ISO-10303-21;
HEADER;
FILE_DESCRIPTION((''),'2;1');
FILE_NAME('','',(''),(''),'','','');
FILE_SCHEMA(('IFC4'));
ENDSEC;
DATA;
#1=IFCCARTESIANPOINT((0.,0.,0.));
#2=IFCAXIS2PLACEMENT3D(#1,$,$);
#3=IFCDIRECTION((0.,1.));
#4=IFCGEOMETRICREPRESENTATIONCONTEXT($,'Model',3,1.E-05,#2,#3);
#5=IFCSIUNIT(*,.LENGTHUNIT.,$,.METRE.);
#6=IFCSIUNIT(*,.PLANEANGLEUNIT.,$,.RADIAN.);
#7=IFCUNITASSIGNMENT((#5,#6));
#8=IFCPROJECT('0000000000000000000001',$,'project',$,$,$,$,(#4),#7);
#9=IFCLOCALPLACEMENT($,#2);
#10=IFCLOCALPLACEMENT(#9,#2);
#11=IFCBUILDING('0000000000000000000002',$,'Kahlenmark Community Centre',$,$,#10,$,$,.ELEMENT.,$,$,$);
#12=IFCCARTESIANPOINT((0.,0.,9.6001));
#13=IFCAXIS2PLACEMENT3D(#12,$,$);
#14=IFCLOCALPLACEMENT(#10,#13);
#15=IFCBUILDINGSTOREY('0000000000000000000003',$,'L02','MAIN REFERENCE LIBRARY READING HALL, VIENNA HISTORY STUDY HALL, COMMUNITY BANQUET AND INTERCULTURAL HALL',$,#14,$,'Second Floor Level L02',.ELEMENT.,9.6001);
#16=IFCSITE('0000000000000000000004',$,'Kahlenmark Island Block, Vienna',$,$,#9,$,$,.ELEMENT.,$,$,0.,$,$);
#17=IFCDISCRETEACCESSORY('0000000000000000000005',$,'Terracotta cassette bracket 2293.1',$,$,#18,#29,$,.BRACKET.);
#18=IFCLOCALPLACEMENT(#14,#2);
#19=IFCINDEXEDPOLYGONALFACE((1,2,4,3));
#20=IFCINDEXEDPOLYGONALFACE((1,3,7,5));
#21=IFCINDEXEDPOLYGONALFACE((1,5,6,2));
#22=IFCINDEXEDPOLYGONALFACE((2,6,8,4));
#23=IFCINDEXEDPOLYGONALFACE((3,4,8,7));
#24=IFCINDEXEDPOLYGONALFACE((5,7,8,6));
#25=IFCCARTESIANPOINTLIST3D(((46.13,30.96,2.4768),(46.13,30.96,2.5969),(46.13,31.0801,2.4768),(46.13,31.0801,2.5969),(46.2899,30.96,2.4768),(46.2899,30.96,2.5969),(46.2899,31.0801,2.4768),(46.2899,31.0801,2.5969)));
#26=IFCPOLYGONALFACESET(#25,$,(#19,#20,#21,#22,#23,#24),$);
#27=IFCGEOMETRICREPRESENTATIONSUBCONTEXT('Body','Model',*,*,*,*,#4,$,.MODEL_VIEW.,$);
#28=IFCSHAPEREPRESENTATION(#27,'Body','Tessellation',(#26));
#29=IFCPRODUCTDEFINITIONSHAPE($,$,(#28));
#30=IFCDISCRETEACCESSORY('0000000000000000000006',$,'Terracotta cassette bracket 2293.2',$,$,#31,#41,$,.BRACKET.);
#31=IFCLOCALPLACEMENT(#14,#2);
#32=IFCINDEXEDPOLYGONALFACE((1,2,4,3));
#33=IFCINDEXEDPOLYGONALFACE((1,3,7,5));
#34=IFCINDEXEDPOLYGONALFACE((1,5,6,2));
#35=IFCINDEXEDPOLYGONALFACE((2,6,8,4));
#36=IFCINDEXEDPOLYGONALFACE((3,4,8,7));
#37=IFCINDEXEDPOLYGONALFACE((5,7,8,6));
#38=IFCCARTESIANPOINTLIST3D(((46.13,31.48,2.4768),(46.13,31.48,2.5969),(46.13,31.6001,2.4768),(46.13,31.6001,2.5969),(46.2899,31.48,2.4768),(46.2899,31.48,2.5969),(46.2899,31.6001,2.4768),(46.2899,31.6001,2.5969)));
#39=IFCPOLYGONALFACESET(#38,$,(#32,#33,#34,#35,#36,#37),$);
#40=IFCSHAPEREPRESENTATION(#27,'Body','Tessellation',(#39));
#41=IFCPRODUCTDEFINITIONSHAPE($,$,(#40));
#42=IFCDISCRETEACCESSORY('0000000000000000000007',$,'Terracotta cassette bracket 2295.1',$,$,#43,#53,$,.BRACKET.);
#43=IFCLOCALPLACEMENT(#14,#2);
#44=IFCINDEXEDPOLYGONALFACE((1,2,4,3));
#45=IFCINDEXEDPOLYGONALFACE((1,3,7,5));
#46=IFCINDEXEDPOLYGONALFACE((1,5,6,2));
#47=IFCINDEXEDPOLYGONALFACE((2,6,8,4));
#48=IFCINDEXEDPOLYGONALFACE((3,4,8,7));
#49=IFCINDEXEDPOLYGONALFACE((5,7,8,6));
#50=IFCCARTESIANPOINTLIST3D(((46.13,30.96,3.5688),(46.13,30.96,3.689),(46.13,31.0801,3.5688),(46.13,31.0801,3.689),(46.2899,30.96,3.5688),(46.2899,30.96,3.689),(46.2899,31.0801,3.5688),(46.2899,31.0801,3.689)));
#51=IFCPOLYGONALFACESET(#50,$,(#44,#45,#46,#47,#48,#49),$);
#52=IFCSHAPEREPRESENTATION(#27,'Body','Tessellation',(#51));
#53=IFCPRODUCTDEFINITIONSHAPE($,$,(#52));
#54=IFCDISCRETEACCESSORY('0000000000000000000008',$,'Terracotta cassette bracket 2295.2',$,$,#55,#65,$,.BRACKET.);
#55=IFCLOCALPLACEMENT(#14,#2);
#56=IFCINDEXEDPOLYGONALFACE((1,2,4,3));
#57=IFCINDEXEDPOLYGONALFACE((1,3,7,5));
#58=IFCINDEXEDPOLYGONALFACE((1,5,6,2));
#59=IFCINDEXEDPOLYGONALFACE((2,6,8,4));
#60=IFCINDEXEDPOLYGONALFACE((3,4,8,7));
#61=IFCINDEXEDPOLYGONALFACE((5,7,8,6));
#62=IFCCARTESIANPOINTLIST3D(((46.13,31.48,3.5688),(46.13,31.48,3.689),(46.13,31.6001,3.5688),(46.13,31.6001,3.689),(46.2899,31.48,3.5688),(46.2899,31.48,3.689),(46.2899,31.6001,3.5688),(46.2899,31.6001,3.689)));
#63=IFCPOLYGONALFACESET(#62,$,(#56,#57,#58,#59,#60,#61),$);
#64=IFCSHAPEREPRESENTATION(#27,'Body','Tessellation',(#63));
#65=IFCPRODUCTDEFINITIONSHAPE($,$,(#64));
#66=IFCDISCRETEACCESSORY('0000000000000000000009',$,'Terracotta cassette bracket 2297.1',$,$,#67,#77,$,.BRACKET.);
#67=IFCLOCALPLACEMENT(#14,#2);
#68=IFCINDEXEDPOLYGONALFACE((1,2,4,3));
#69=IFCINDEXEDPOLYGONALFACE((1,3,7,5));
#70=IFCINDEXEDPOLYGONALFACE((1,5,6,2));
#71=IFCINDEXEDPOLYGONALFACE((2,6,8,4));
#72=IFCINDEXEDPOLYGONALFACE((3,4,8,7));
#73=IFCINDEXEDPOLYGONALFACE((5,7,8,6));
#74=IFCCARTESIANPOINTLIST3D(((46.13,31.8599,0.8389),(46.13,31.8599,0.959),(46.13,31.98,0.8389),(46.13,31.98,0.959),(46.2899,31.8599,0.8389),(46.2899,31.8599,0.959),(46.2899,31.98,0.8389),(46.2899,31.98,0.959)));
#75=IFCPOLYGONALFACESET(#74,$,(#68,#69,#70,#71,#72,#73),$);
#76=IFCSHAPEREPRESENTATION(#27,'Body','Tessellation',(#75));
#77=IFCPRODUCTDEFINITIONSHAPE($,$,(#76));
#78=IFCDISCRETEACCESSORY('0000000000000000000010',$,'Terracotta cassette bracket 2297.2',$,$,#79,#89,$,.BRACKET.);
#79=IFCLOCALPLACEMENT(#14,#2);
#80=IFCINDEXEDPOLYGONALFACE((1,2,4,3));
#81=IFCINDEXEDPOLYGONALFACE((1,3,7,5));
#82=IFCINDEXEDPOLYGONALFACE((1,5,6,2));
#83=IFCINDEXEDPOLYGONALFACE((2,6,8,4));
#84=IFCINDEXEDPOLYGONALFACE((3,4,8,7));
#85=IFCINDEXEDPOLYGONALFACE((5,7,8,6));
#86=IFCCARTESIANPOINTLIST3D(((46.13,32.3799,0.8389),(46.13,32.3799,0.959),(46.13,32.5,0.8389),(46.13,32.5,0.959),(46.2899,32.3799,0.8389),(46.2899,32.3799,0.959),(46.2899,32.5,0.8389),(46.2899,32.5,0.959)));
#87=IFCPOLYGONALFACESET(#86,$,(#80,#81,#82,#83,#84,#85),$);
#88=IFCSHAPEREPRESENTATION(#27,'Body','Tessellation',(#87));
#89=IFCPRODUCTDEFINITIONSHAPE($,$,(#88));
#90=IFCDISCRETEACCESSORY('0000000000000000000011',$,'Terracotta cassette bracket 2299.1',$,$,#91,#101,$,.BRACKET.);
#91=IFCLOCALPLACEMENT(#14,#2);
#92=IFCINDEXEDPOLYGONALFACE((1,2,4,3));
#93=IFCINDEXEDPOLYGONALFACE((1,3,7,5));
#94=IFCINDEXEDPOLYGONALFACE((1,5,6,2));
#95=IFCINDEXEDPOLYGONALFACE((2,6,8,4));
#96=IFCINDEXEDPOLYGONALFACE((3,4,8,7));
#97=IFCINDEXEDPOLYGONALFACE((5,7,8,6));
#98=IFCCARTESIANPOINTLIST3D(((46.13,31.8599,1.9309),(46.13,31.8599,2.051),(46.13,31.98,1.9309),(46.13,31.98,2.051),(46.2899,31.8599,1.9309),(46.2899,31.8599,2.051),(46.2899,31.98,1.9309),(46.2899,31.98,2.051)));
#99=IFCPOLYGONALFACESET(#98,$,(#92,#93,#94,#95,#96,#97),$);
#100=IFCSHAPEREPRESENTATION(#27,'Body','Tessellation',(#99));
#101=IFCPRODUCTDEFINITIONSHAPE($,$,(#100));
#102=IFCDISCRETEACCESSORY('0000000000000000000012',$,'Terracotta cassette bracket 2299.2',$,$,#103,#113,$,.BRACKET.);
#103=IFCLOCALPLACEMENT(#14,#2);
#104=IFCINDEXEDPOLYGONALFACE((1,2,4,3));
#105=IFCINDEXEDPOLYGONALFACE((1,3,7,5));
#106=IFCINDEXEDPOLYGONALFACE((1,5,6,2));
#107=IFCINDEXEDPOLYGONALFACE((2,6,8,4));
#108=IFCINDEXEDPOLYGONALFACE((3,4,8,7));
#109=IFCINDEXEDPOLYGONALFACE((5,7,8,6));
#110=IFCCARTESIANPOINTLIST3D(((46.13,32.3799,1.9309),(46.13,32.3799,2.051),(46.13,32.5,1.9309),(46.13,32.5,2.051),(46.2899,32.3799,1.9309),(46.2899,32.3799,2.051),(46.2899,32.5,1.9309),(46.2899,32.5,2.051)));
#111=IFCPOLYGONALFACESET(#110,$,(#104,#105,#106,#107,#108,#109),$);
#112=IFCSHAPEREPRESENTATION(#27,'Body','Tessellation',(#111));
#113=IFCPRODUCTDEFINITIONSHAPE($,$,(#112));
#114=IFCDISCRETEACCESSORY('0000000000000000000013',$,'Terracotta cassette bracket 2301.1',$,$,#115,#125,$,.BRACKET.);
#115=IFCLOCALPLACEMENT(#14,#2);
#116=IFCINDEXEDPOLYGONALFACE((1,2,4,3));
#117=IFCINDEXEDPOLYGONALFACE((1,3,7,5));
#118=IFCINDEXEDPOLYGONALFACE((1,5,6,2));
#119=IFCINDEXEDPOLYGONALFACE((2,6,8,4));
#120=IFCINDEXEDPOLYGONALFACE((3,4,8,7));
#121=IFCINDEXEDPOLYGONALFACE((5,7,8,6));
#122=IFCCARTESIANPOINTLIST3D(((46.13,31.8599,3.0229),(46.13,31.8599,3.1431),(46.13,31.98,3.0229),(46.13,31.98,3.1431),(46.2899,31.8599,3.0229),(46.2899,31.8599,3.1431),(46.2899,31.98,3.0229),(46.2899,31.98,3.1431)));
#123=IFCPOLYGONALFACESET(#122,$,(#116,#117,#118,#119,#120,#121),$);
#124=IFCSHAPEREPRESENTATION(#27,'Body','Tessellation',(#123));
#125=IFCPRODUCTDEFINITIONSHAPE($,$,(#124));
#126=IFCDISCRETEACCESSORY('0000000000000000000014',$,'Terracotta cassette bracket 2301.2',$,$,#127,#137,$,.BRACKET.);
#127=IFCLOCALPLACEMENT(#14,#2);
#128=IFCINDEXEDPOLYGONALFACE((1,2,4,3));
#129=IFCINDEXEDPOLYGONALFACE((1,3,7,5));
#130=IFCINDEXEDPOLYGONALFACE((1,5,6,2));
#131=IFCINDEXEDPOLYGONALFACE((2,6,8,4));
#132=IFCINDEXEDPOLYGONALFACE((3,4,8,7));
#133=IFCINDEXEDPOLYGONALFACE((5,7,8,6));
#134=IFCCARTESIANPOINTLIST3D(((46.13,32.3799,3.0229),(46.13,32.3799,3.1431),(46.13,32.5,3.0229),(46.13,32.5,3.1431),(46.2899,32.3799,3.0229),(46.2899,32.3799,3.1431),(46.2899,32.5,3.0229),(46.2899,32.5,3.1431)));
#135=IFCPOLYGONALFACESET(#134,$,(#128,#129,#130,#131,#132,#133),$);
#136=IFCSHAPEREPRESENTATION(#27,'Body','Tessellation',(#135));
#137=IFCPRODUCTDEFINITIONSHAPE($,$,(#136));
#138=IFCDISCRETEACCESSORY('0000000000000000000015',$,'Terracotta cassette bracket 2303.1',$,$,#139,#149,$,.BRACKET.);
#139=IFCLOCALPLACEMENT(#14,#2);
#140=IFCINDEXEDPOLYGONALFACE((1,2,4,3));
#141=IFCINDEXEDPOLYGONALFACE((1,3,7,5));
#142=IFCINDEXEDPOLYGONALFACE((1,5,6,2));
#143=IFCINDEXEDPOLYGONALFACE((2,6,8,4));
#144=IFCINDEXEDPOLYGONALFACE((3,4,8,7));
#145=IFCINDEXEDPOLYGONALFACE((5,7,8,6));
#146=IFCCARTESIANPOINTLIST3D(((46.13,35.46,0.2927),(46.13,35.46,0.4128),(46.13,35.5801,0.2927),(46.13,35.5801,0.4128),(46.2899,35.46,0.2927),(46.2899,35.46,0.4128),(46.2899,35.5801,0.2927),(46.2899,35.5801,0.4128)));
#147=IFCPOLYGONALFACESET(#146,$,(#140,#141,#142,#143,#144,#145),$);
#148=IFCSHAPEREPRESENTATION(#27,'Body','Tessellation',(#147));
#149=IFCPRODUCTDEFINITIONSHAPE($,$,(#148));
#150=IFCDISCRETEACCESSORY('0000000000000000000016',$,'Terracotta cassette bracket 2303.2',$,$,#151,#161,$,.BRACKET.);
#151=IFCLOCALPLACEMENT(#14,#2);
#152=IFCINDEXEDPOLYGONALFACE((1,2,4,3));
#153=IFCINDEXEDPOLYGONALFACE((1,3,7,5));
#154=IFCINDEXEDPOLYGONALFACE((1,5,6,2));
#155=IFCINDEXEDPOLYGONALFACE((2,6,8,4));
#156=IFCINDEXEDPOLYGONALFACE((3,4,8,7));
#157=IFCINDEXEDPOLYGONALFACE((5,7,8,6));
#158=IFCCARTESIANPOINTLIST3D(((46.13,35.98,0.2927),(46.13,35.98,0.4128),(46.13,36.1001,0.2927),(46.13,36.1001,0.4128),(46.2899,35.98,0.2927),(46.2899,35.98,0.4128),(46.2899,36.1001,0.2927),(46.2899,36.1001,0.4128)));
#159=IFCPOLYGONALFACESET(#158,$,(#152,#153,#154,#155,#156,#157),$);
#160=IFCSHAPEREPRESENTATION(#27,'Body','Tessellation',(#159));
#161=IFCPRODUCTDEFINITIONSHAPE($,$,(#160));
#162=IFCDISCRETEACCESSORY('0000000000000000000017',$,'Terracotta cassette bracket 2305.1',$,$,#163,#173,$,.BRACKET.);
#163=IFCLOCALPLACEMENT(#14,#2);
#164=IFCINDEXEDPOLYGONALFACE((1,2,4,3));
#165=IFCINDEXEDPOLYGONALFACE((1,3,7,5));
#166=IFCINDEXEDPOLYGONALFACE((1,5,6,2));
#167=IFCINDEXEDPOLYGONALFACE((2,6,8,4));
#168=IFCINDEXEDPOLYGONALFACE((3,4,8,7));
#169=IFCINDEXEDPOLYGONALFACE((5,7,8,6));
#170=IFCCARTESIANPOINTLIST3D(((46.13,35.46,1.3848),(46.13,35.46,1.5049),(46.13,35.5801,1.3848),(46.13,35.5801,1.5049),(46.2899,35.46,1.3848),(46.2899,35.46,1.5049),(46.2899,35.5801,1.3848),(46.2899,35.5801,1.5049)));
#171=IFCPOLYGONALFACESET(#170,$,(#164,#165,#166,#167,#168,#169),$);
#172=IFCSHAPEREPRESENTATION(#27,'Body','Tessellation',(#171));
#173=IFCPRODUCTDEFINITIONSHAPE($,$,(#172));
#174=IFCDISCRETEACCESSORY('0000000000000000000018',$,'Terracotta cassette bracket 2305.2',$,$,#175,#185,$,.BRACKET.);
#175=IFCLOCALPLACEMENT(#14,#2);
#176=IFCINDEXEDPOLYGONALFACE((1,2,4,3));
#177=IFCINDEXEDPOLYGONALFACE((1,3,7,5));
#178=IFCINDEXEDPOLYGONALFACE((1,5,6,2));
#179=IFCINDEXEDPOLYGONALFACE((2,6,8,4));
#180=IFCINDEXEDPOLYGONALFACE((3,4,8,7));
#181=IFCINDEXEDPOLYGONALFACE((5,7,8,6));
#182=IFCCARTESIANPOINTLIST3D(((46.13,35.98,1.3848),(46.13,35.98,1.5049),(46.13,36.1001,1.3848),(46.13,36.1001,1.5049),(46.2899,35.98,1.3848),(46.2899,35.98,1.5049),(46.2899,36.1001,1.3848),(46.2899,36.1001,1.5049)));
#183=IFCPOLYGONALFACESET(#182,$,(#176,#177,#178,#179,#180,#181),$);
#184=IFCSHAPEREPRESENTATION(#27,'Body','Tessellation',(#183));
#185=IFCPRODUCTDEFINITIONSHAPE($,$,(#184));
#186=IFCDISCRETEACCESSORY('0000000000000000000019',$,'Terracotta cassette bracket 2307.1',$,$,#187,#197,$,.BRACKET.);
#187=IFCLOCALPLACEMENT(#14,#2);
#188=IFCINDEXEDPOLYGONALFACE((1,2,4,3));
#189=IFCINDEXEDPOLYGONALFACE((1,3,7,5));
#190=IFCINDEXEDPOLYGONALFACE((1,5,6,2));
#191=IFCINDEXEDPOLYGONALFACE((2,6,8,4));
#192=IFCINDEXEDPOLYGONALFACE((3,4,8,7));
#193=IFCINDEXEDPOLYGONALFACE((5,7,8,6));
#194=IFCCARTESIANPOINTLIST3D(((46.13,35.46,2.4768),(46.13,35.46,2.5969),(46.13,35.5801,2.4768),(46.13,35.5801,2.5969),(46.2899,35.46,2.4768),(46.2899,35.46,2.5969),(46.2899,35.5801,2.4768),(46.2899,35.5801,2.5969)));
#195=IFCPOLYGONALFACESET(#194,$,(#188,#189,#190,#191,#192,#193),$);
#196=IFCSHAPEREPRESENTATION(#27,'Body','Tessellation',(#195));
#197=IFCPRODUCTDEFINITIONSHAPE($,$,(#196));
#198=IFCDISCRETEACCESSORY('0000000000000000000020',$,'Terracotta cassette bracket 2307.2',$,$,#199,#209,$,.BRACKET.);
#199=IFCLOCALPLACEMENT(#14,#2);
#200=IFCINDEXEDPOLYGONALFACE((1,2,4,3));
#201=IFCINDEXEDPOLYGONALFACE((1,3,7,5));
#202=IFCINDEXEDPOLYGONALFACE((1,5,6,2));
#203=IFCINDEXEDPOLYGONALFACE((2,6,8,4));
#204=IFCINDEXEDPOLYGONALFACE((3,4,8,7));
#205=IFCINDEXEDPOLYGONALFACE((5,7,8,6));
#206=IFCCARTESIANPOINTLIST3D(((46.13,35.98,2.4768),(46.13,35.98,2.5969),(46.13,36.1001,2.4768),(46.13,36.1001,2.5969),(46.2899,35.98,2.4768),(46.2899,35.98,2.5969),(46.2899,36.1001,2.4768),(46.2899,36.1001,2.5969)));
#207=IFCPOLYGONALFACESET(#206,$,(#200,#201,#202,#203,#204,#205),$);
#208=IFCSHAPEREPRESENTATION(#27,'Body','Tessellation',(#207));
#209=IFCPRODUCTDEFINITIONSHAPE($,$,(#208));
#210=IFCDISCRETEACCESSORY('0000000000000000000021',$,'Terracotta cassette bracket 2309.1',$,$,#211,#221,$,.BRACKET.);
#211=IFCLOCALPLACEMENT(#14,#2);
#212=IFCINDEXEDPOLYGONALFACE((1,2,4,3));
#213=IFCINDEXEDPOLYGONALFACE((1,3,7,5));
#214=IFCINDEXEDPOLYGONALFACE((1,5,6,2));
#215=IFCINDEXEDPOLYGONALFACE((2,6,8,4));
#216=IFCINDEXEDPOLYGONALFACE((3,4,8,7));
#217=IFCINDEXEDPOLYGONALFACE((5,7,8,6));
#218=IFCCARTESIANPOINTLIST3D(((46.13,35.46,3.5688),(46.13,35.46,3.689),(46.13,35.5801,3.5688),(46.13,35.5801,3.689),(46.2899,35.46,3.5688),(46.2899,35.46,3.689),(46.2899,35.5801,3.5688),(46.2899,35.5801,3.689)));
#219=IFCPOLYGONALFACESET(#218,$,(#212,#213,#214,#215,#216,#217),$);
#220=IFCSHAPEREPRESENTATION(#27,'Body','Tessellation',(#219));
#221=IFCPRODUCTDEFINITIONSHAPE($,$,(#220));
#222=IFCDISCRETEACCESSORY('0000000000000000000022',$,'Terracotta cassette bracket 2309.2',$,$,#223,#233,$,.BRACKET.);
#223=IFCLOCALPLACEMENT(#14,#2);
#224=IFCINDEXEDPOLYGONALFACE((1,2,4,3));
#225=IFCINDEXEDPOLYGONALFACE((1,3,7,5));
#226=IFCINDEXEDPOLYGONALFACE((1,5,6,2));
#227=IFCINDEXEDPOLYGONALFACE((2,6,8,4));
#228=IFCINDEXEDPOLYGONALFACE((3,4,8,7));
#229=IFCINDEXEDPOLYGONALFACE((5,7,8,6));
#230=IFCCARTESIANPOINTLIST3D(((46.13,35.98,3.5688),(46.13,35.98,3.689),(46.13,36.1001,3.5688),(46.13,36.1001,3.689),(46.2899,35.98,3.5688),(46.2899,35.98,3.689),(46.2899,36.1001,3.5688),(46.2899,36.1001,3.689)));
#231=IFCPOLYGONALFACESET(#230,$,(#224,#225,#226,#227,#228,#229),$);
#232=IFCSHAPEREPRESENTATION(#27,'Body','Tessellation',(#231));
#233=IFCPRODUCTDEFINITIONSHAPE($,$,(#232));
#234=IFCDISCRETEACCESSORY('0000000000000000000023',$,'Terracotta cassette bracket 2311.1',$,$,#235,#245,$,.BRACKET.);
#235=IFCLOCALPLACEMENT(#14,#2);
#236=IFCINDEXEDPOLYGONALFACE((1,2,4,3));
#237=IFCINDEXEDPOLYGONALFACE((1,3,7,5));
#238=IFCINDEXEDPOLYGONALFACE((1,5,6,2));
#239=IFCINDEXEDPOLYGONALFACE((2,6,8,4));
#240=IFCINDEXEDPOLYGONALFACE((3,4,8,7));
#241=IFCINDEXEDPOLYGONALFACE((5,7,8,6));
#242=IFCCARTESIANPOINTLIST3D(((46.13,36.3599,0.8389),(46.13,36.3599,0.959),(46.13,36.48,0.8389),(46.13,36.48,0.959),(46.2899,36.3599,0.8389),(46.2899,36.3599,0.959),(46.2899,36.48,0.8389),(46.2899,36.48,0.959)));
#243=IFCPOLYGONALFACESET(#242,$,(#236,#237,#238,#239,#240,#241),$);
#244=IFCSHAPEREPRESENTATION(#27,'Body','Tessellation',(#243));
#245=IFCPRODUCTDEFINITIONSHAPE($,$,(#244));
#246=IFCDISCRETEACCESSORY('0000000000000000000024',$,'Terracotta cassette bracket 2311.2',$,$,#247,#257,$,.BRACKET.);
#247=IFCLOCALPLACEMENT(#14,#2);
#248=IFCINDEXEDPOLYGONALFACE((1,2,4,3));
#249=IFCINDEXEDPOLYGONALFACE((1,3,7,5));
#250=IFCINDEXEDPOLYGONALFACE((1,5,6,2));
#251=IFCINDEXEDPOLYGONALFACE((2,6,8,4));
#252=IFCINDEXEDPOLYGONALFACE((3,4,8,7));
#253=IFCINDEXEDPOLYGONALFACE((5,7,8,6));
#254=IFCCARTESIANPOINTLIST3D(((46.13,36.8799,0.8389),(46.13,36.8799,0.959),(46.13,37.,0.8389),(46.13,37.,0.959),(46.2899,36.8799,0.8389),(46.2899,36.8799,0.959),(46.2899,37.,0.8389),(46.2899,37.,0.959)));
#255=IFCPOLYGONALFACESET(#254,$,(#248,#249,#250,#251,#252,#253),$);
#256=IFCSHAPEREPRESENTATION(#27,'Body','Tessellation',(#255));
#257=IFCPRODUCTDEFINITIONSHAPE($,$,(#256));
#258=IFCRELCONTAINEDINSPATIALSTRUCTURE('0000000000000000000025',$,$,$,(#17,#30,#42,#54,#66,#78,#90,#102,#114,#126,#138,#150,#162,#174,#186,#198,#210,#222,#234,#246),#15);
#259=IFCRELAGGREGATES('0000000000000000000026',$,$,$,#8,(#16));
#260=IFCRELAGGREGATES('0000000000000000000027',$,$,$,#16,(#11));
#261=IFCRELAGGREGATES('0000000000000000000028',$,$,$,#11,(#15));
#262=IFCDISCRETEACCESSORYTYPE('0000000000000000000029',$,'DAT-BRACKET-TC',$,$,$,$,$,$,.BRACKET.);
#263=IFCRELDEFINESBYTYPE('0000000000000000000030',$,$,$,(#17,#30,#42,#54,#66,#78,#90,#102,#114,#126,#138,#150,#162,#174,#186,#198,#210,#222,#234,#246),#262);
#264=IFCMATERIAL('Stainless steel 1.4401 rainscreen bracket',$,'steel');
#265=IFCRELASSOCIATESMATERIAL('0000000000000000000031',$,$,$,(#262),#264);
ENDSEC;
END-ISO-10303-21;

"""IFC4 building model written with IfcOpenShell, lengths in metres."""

from ifc_helpers import new_model, si_unit, direction, frame, origin, origin_2d, place, context, subcontext, project, spatial, rectangle, extrude, material, type_object, element, save


model = new_model("IFC4")

# Units and contexts
model_context = context("Model", 3, precision=1e-05, world=origin(), true_north=direction((0.0, 1.0)))
body_context = subcontext(model_context, "Body", "Model", "MODEL_VIEW")
ifc_project = project(units=[si_unit("LENGTHUNIT", "METRE"), si_unit("PLANEANGLEUNIT", "RADIAN")], contexts=[model_context])

# Site, building, storey
site_placement = place(None, origin())
site = spatial("IfcSite", under=ifc_project, at=site_placement, Name="Kahlenmark Island Block, Vienna", CompositionType="ELEMENT", RefElevation=0.0)
building_placement = place(site_placement, origin())
building = spatial("IfcBuilding", under=site, at=building_placement, Name="Kahlenmark Community Centre", CompositionType="ELEMENT")
storey_placement = place(building_placement, frame((0.0, 0.0, 9.6001)))
storey = spatial("IfcBuildingStorey", under=building, at=storey_placement, Name="L02", Description="MAIN REFERENCE LIBRARY READING HALL, VIENNA HISTORY STUDY HALL, COMMUNITY BANQUET AND INTERCULTURAL HALL", LongName="Second Floor Level L02", CompositionType="ELEMENT", Elevation=9.6001)

# Discrete accessories
ifc_material_1 = material(Name="Stainless steel 1.4401 rainscreen bracket", Category="steel")
discrete_accessory_type = type_object("IfcDiscreteAccessoryType", Name="DAT-BRACKET-TC", PredefinedType="BRACKET", material=ifc_material_1)
for number, where, z_axis, x_axis, name in (
    (1, (46.21, 31.02, 2.4768), (0.0, 0.0, 1.0), (0.0, 1.0, 0.0), "Terracotta cassette bracket 2293.1"),
    (2, (46.21, 31.54, 2.4768), (0.0, 0.0, 1.0), (0.0, 1.0, 0.0), "Terracotta cassette bracket 2293.2"),
    (3, (46.21, 31.02, 3.5688), (0.0, 0.0, 1.0), (0.0, 1.0, 0.0), "Terracotta cassette bracket 2295.1"),
    (4, (46.21, 31.54, 3.5688), (0.0, 0.0, 1.0), (0.0, 1.0, 0.0), "Terracotta cassette bracket 2295.2"),
    (5, (46.21, 31.9199, 0.8389), (0.0, 0.0, 1.0), (0.0, 1.0, 0.0), "Terracotta cassette bracket 2297.1"),
    (6, (46.21, 32.4399, 0.8389), (0.0, 0.0, 1.0), (0.0, 1.0, 0.0), "Terracotta cassette bracket 2297.2"),
    (7, (46.21, 31.9199, 1.9309), (0.0, 0.0, 1.0), (0.0, 1.0, 0.0), "Terracotta cassette bracket 2299.1"),
    (8, (46.21, 32.4399, 1.9309), (0.0, 0.0, 1.0), (0.0, 1.0, 0.0), "Terracotta cassette bracket 2299.2"),
    (9, (46.21, 31.9199, 3.0229), (0.0, 0.0, 1.0), (0.0, 1.0, 0.0), "Terracotta cassette bracket 2301.1"),
    (10, (46.21, 32.4399, 3.0229), (0.0, 0.0, 1.0), (0.0, 1.0, 0.0), "Terracotta cassette bracket 2301.2"),
    (11, (46.21, 35.52, 0.2927), (0.0, 0.0, 1.0), (0.0, 1.0, 0.0), "Terracotta cassette bracket 2303.1"),
    (12, (46.21, 36.04, 0.2927), (0.0, 0.0, 1.0), (0.0, 1.0, 0.0), "Terracotta cassette bracket 2303.2"),
    (13, (46.21, 35.52, 1.3848), (0.0, 0.0, 1.0), (0.0, 1.0, 0.0), "Terracotta cassette bracket 2305.1"),
    (14, (46.21, 36.04, 1.3848), (0.0, 0.0, 1.0), (0.0, 1.0, 0.0), "Terracotta cassette bracket 2305.2"),
    (15, (46.21, 35.52, 2.4768), (0.0, 0.0, 1.0), (0.0, 1.0, 0.0), "Terracotta cassette bracket 2307.1"),
    (16, (46.21, 36.04, 2.4768), (0.0, 0.0, 1.0), (0.0, 1.0, 0.0), "Terracotta cassette bracket 2307.2"),
    (17, (46.21, 35.52, 3.5688), (0.0, 0.0, 1.0), (0.0, 1.0, 0.0), "Terracotta cassette bracket 2309.1"),
    (18, (46.21, 36.04, 3.5688), (0.0, 0.0, 1.0), (0.0, 1.0, 0.0), "Terracotta cassette bracket 2309.2"),
    (19, (46.21, 36.4199, 0.8389), (0.0, 0.0, 1.0), (0.0, 1.0, 0.0), "Terracotta cassette bracket 2311.1"),
    (20, (46.21, 36.9399, 0.8389), (0.0, 0.0, 1.0), (0.0, 1.0, 0.0), "Terracotta cassette bracket 2311.2"),
):
    element("IfcDiscreteAccessory", number, at=place(storey_placement, frame(where, z_axis=z_axis, x_axis=x_axis)), inside=storey, type_object=discrete_accessory_type, Name=name, PredefinedType="BRACKET", context=body_context, shape_type="SweptSolid", body=[
        extrude(rectangle(XDim=0.1201, YDim=0.1599, at=origin_2d()), origin(), (0.0, 0.0, 1.0), 0.1201),
    ])

save(model, "model.ifc")
